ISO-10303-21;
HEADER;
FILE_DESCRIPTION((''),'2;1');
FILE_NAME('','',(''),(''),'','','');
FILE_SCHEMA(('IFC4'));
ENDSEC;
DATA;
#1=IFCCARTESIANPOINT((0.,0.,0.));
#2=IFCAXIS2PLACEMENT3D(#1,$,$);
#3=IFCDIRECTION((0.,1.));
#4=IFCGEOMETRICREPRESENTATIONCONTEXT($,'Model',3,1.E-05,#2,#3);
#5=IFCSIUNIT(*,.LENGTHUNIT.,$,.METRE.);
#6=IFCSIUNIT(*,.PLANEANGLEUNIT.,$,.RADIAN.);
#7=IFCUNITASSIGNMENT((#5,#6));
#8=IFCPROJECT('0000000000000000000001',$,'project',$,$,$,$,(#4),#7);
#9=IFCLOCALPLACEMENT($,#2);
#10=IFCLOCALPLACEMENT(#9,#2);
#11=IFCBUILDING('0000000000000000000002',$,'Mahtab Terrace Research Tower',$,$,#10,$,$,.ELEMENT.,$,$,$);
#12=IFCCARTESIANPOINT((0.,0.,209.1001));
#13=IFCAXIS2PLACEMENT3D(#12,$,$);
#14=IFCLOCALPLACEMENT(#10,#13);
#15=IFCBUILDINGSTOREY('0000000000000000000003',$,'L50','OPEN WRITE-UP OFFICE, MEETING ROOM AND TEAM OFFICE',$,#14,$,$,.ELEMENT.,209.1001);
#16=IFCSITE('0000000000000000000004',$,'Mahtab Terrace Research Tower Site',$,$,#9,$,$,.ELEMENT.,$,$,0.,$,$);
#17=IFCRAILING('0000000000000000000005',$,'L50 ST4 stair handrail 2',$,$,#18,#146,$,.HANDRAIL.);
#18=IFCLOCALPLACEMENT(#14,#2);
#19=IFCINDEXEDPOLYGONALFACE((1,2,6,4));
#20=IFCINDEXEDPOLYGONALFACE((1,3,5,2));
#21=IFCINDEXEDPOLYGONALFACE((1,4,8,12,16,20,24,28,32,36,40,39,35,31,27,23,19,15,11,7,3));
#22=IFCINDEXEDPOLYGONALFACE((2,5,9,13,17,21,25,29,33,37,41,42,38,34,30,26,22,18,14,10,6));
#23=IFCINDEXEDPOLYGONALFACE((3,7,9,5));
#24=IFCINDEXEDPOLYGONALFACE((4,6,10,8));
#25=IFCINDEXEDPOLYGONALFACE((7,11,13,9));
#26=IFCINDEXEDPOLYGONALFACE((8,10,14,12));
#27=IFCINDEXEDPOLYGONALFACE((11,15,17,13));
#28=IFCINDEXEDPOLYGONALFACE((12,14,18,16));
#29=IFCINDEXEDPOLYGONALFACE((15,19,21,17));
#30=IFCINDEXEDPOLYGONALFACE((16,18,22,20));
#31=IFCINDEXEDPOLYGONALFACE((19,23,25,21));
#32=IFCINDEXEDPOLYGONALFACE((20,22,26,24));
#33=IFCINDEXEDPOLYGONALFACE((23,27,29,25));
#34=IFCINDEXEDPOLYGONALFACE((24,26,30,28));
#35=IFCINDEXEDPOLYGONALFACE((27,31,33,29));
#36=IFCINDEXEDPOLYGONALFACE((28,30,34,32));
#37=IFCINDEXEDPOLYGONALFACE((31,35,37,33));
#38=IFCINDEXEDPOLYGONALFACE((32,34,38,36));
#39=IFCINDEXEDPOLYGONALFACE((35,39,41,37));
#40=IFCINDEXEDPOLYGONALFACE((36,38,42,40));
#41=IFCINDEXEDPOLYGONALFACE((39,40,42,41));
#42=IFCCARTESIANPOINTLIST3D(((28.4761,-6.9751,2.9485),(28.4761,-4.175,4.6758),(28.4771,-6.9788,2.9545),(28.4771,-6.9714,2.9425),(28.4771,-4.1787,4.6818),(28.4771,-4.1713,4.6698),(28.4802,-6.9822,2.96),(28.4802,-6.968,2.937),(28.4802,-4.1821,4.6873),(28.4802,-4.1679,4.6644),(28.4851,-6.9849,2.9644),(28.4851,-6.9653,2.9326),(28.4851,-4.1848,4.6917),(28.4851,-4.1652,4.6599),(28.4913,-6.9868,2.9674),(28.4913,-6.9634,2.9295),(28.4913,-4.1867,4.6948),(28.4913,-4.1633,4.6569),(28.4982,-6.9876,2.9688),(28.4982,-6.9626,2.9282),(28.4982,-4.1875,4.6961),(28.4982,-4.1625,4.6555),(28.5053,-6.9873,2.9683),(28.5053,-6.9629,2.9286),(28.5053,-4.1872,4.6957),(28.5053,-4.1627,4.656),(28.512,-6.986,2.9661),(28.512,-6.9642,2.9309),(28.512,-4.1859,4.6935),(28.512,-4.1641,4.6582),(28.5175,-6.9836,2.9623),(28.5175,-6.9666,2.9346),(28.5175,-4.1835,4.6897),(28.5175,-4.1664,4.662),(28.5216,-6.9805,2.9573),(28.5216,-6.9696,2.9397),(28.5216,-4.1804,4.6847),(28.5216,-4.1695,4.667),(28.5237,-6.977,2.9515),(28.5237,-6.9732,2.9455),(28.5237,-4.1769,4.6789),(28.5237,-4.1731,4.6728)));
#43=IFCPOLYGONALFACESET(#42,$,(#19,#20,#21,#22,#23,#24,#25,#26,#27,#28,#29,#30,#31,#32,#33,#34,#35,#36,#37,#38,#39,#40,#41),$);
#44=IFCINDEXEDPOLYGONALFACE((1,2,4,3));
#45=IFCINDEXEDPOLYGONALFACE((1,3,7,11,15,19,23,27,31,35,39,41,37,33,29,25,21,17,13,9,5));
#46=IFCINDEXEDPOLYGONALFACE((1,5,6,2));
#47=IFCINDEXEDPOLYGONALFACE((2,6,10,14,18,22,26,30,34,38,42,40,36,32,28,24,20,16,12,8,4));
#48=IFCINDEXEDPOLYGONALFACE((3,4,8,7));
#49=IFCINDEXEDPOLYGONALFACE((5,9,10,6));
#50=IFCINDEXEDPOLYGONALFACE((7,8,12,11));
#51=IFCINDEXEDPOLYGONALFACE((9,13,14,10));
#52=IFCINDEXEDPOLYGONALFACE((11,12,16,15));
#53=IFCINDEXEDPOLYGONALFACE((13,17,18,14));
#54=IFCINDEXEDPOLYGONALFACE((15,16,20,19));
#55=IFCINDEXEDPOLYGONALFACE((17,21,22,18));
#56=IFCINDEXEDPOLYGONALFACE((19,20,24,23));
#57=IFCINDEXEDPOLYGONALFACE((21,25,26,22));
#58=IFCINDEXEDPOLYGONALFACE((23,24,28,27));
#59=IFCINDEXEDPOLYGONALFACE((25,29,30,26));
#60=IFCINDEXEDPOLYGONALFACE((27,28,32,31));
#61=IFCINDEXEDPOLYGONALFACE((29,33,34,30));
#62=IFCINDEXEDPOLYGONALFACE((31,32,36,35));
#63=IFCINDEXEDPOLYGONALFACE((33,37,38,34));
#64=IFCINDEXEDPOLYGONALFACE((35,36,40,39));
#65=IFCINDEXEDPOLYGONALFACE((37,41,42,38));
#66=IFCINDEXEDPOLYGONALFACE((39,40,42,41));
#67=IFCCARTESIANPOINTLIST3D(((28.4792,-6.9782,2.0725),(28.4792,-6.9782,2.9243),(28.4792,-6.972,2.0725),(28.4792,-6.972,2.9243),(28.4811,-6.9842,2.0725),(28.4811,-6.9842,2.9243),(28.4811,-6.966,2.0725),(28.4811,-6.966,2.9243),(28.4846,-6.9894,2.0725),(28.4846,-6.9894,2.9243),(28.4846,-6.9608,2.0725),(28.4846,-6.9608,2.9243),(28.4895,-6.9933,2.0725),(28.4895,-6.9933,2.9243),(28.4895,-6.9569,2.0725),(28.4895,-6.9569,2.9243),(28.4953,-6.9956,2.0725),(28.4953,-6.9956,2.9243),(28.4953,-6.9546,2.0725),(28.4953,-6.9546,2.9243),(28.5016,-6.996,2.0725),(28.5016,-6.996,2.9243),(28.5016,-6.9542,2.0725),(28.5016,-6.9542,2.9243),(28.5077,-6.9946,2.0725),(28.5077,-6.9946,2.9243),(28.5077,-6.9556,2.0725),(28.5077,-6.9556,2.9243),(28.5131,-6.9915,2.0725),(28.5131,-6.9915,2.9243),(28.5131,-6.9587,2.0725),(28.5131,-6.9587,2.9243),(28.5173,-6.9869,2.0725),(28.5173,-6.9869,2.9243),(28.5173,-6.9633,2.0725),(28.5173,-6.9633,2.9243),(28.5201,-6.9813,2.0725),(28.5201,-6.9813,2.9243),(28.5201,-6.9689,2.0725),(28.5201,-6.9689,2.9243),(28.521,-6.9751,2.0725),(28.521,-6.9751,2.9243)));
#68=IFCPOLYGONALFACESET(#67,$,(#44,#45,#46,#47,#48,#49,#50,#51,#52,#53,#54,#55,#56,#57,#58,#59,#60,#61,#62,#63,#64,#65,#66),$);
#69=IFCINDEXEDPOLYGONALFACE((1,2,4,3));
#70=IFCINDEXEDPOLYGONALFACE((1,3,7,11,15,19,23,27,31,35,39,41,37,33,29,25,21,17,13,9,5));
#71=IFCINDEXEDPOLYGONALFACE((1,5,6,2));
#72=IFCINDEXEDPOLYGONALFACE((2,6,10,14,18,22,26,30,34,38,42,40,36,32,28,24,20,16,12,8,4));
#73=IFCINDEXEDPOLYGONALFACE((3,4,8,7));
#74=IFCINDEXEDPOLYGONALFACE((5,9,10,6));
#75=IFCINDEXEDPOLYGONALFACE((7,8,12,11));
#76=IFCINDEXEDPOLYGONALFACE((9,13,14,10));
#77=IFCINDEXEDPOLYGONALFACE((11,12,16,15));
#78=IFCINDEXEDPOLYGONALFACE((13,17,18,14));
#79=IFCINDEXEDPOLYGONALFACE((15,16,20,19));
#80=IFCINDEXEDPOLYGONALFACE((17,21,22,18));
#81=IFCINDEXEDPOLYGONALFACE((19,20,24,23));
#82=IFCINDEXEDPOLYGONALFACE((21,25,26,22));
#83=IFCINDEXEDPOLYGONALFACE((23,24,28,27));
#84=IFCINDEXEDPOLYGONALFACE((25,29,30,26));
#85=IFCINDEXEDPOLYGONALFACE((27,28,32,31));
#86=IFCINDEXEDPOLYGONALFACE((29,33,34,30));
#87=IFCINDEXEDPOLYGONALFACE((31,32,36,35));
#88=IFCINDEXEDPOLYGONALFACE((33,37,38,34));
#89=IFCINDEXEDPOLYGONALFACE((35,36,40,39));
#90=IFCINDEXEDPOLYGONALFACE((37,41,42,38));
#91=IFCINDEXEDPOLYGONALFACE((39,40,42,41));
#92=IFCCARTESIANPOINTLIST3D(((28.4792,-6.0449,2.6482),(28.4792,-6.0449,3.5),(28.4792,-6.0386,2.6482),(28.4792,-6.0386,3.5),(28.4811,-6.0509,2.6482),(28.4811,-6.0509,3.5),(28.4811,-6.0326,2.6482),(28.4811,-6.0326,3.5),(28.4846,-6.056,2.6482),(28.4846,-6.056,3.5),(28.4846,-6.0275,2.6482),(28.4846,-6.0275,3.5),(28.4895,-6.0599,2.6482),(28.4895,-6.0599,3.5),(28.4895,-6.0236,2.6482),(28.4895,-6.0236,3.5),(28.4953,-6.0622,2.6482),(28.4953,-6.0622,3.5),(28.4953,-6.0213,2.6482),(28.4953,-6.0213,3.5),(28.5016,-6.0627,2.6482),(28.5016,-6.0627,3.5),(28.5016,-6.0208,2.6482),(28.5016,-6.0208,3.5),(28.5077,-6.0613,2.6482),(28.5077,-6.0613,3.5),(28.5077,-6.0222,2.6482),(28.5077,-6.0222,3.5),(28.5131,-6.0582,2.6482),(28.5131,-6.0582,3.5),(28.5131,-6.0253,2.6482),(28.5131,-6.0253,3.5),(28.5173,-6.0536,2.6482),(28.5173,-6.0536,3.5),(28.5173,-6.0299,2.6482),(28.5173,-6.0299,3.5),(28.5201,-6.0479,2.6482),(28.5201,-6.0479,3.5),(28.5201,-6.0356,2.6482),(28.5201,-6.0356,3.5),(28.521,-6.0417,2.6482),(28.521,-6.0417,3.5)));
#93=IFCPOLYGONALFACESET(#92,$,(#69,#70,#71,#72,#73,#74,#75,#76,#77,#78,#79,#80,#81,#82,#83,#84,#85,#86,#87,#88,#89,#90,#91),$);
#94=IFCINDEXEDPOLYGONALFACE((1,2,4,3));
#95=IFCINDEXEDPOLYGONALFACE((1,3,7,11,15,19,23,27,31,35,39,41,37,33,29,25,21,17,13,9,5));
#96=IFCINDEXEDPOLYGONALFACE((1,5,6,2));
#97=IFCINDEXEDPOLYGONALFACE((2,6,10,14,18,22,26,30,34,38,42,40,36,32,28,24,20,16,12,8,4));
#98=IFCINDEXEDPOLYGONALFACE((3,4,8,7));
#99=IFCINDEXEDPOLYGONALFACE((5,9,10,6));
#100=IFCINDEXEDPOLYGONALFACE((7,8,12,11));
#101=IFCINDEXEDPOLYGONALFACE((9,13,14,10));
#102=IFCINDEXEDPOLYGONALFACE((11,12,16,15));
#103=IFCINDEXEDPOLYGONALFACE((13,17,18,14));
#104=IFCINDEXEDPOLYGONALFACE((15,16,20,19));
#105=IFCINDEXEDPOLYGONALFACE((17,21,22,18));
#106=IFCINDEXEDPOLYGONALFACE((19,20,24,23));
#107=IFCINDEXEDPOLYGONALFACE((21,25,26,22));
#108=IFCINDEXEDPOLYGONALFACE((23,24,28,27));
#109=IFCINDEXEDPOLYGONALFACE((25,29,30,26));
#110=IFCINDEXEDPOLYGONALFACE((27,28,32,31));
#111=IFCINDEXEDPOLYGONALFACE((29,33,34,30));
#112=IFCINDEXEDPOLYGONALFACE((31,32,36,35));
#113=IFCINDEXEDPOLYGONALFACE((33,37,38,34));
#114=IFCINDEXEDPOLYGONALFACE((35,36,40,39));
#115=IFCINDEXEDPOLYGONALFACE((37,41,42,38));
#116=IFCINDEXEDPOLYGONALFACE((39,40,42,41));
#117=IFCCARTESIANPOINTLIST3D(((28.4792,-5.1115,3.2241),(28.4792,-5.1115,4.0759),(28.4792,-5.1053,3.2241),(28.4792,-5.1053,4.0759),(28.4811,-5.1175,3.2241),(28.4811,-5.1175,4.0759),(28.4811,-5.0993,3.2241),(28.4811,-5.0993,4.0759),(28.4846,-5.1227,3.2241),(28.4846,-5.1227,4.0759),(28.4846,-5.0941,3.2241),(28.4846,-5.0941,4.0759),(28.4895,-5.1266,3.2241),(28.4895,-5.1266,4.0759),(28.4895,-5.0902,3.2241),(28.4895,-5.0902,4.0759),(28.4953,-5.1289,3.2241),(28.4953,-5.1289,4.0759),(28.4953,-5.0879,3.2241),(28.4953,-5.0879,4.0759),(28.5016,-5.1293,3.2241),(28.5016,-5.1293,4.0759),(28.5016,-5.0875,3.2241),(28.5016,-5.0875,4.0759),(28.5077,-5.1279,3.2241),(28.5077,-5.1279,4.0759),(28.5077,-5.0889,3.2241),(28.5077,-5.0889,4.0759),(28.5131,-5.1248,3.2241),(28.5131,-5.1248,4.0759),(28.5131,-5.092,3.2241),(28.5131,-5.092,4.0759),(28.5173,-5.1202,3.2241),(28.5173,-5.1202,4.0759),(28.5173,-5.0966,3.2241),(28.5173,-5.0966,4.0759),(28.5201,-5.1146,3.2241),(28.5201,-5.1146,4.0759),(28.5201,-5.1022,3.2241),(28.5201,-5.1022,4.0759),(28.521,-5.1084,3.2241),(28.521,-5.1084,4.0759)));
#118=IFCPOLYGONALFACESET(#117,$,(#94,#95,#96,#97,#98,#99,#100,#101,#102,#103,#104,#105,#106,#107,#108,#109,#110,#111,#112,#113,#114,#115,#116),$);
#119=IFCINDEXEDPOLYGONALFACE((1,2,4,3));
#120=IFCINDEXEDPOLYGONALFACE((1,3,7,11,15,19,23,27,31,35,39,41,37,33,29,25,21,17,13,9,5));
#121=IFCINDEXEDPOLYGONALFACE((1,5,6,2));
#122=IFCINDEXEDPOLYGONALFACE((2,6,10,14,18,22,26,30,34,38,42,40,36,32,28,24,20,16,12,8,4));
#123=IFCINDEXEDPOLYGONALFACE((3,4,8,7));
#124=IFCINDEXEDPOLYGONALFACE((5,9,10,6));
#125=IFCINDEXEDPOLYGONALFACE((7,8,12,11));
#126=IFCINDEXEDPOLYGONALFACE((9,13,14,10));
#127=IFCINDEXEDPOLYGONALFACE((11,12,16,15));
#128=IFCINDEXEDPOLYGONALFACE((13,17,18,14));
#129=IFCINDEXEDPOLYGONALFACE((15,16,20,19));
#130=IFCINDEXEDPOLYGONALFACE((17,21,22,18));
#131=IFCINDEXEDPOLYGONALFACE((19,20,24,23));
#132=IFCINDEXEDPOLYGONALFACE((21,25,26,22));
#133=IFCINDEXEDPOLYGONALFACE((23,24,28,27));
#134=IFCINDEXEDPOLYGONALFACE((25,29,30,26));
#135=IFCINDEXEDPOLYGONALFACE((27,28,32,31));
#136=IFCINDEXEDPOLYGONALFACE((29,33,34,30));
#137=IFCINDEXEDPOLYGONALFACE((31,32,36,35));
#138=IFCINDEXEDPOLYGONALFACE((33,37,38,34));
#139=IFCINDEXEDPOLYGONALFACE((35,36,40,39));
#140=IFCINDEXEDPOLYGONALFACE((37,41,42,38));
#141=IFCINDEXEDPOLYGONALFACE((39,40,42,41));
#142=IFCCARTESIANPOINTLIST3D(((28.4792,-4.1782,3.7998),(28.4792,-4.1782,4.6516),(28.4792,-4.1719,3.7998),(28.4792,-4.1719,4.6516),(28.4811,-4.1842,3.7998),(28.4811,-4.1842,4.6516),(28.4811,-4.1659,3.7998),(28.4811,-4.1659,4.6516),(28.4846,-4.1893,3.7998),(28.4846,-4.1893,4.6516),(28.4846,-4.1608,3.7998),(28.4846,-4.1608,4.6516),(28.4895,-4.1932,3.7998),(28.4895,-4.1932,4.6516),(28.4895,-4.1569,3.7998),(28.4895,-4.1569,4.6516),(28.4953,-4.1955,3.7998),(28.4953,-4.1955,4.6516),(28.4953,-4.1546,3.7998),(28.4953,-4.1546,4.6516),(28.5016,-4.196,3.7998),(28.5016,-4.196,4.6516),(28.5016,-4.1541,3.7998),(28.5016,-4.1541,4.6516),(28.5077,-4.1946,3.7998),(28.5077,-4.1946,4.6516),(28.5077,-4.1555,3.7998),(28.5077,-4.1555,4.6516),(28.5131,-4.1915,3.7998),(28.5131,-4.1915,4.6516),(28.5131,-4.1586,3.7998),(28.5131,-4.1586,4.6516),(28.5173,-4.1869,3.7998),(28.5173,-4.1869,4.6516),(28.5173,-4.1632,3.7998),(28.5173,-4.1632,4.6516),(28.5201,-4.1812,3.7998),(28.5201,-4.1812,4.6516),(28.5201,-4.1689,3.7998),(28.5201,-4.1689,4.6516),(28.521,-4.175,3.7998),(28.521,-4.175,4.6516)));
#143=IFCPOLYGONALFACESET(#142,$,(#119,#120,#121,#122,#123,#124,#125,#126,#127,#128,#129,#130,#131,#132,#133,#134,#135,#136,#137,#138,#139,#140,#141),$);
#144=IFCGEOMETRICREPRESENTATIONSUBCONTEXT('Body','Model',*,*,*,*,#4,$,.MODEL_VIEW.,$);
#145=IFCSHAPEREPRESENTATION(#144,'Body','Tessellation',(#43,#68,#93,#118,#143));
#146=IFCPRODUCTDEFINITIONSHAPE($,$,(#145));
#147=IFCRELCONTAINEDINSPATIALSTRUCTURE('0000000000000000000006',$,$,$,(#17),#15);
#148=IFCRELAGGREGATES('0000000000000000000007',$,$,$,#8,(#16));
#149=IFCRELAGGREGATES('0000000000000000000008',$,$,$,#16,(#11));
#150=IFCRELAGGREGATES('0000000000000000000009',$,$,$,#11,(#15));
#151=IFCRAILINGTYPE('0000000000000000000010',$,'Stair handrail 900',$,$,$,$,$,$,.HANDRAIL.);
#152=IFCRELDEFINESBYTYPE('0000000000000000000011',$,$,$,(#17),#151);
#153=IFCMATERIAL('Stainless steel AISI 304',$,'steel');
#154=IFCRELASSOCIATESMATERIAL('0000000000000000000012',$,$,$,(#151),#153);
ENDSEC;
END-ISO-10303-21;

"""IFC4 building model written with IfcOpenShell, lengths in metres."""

from ifc_helpers import new_model, si_unit, direction, frame, origin, origin_2d, place, context, subcontext, project, spatial, circle, extrude, material, type_object, element, save


model = new_model("IFC4")

# Units and contexts
model_context = context("Model", 3, precision=1e-05, world=origin(), true_north=direction((0.0, 1.0)))
body_context = subcontext(model_context, "Body", "Model", "MODEL_VIEW")
ifc_project = project(units=[si_unit("LENGTHUNIT", "METRE"), si_unit("PLANEANGLEUNIT", "RADIAN")], contexts=[model_context])

# Site, building, storey
site_placement = place(None, origin())
site = spatial("IfcSite", under=ifc_project, at=site_placement, Name="Mahtab Terrace Research Tower Site", CompositionType="ELEMENT", RefElevation=0.0)
building_placement = place(site_placement, origin())
building = spatial("IfcBuilding", under=site, at=building_placement, Name="Mahtab Terrace Research Tower", CompositionType="ELEMENT")
storey_placement = place(building_placement, frame((0.0, 0.0, 209.1001)))
storey = spatial("IfcBuildingStorey", under=building, at=storey_placement, Name="L50", Description="OPEN WRITE-UP OFFICE, MEETING ROOM AND TEAM OFFICE", CompositionType="ELEMENT", Elevation=209.1001)

# Railing
ifc_material_1 = material(Name="Stainless steel AISI 304", Category="steel")
railing_type_1 = type_object("IfcRailingType", Name="Stair handrail 900", PredefinedType="HANDRAIL", material=ifc_material_1)
railing_1_placement = place(storey_placement, frame((28.5, -6.9751, 2.0725)))
element("IfcRailing", 1, at=railing_1_placement, inside=storey, type_object=railing_type_1, Name="L50 ST4 stair handrail 2", PredefinedType="HANDRAIL", context=body_context, shape_type="SweptSolid", body=[
    extrude(circle(Radius=0.0239, at=origin_2d()), frame((0.0, 0.0, 0.876), z_axis=(0.0, 0.85109, 0.52502), x_axis=(-1.0, 0.0, 0.0)), (0.0, 0.0, 1.0), 3.29),
    extrude(circle(Radius=0.021, at=origin_2d()), origin(), (0.0, 0.0, 1.0), 0.8518),
    extrude(circle(Radius=0.021, at=origin_2d()), frame((0.0, 0.9333, 0.5757)), (0.0, 0.0, 1.0), 0.8518),
    extrude(circle(Radius=0.021, at=origin_2d()), frame((0.0, 1.8667, 1.1516)), (0.0, 0.0, 1.0), 0.8518),
    extrude(circle(Radius=0.021, at=origin_2d()), frame((0.0, 2.8, 1.7273)), (0.0, 0.0, 1.0), 0.8518),
])

save(model, "model.ifc")
